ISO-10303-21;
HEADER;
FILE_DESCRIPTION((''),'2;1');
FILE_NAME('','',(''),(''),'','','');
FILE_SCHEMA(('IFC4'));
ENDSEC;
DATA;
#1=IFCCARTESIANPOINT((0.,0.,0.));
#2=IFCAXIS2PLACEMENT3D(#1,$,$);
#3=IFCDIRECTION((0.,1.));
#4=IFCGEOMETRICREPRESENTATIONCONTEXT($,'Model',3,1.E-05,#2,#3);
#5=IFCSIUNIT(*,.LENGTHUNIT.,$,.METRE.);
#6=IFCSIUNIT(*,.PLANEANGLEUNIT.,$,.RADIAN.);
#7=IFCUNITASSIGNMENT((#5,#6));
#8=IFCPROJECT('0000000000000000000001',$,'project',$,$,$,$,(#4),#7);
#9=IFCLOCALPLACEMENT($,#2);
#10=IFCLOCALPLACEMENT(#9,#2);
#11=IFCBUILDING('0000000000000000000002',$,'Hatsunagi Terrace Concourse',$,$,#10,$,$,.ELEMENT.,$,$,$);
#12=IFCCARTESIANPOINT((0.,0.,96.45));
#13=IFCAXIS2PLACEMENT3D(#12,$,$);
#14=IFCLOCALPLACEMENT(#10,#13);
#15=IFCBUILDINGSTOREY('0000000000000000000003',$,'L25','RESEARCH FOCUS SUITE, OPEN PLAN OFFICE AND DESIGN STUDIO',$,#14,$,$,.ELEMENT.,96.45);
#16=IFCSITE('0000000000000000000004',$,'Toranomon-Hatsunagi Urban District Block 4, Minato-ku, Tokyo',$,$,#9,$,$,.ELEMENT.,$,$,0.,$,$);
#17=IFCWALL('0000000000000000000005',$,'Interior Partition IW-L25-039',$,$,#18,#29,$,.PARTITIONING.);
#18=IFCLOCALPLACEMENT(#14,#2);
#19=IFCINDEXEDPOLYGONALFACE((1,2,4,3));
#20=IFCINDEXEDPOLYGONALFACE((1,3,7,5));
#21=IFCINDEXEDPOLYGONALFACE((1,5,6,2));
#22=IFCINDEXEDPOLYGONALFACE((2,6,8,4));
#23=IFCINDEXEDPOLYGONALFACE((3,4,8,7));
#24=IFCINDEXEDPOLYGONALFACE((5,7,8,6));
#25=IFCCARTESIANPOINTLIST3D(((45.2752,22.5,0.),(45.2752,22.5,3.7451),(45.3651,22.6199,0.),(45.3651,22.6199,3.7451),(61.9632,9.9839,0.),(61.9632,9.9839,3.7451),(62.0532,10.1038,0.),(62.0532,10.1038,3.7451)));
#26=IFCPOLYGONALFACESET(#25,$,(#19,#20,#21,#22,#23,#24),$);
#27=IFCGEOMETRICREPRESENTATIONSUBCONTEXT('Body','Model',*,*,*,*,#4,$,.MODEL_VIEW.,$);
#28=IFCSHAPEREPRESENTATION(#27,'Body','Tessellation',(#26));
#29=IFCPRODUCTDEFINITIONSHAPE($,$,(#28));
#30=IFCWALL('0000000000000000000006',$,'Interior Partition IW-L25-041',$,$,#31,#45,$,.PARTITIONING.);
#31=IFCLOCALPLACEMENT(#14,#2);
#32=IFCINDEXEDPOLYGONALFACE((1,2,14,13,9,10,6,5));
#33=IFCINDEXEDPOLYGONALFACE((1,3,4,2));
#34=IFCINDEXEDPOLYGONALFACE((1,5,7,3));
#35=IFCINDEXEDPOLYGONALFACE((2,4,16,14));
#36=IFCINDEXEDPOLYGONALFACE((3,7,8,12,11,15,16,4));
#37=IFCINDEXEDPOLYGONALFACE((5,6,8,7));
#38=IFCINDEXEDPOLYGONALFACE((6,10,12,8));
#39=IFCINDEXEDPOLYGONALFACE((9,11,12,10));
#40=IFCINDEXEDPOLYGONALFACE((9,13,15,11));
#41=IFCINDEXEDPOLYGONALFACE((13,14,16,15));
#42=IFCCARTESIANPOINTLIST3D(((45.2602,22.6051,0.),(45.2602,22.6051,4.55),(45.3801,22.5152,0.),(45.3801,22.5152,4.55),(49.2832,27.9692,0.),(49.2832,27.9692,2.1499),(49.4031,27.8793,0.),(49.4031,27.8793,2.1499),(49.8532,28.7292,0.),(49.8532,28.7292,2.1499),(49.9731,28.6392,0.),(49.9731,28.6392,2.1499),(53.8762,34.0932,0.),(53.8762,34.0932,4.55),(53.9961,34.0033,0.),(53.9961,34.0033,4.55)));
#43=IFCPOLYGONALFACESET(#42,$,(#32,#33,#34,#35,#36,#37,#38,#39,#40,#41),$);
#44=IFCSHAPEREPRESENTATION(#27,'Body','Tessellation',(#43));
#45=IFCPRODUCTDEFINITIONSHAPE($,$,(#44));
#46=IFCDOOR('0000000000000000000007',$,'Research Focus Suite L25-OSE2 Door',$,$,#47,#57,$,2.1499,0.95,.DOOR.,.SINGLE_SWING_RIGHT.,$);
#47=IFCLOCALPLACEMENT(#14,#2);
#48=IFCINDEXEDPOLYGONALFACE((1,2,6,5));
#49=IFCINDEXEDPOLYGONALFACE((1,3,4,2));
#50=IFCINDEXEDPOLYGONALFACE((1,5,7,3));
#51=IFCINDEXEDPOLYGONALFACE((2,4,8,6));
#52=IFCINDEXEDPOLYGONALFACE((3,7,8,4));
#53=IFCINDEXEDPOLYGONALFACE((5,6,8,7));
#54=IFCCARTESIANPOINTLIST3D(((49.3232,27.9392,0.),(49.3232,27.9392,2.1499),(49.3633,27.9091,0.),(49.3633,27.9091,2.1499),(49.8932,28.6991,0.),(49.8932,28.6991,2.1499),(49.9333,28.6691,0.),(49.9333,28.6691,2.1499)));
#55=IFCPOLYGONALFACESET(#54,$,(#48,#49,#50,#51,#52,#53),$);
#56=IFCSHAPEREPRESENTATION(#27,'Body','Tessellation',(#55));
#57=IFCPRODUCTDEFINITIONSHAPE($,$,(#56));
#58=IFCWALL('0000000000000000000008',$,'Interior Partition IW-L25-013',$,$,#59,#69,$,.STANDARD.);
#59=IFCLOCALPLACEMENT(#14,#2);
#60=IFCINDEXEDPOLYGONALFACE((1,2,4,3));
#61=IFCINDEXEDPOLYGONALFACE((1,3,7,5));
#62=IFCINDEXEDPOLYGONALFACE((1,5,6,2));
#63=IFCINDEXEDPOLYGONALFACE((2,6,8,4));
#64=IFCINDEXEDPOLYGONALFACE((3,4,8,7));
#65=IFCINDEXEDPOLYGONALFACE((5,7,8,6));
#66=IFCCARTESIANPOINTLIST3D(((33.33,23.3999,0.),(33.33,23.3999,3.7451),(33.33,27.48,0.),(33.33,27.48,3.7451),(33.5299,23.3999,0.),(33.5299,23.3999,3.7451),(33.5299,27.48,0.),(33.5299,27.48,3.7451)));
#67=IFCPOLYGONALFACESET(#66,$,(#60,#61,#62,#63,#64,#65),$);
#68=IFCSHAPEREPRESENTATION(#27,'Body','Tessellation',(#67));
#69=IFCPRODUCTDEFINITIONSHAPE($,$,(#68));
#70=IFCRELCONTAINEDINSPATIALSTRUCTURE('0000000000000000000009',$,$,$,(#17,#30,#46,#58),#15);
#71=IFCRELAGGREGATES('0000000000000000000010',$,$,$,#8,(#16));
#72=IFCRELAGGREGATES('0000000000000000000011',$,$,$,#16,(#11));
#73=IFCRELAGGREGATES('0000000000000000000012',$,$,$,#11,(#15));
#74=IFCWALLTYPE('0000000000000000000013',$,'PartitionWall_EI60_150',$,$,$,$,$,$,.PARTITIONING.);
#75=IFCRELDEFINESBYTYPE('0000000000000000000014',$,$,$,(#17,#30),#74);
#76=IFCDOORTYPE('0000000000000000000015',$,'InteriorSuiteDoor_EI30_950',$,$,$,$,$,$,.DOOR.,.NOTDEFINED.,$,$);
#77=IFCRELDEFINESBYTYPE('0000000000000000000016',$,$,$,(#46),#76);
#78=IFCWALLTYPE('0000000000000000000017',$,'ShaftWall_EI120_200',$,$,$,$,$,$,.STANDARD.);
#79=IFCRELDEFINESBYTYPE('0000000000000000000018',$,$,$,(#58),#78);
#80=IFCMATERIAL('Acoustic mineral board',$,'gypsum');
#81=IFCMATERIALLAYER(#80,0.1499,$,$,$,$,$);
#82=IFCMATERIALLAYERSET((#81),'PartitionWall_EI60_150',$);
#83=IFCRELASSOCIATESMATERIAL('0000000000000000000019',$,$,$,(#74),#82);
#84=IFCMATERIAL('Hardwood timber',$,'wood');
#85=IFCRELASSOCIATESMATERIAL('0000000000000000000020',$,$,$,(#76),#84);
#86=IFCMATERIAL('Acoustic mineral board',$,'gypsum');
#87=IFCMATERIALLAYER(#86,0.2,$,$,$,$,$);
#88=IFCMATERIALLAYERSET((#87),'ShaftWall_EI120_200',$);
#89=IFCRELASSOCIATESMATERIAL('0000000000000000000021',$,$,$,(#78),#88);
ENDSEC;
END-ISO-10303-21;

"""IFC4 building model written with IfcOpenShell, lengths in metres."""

from ifc_helpers import new_model, si_unit, direction, frame, frame_2d, origin, place, context, subcontext, project, spatial, rectangle, extrude, material, layer, layer_set, type_object, element, fill, save


model = new_model("IFC4")

# Units and contexts
model_context = context("Model", 3, precision=1e-05, world=origin(), true_north=direction((0.0, 1.0)))
body_context = subcontext(model_context, "Body", "Model", "MODEL_VIEW")
ifc_project = project(units=[si_unit("LENGTHUNIT", "METRE"), si_unit("PLANEANGLEUNIT", "RADIAN")], contexts=[model_context])

# Site, building, storey
site_placement = place(None, origin())
site = spatial("IfcSite", under=ifc_project, at=site_placement, Name="Toranomon-Hatsunagi Urban District Block 4, Minato-ku, Tokyo", CompositionType="ELEMENT", RefElevation=0.0)
building_placement = place(site_placement, origin())
building = spatial("IfcBuilding", under=site, at=building_placement, Name="Hatsunagi Terrace Concourse", CompositionType="ELEMENT")
storey_placement = place(building_placement, frame((0.0, 0.0, 96.45)))
storey = spatial("IfcBuildingStorey", under=building, at=storey_placement, Name="L25", Description="RESEARCH FOCUS SUITE, OPEN PLAN OFFICE AND DESIGN STUDIO", CompositionType="ELEMENT", Elevation=96.45)

# Wall
ifc_material_1 = material(Name="Acoustic mineral board", Category="gypsum")
ifc_layer_1 = layer(ifc_material_1, 0.1499)
ifc_layer_set_1 = layer_set([ifc_layer_1], Name="PartitionWall_EI60_150")
wall_type_1 = type_object("IfcWallType", Name="PartitionWall_EI60_150", PredefinedType="PARTITIONING", material=ifc_layer_set_1)
wall_1_placement = place(storey_placement, frame((45.3201, 22.5601, 0.0), z_axis=(0.0, 0.0, 1.0), x_axis=(0.799997, -0.600004, 0.0)))
element("IfcWall", 1, at=wall_1_placement, inside=storey, type_object=wall_type_1, Name="Interior Partition IW-L25-039", PredefinedType="PARTITIONING", context=body_context, shape_type="SweptSolid", body=[
    extrude(rectangle(XDim=20.8601, YDim=0.1499, at=frame_2d((10.4302, 0.0))), origin(), (0.0, 0.0, 1.0), 3.7451),
])

# Wall, opening, door
wall_2_placement = place(storey_placement, frame((45.3201, 22.5601, 0.0), z_axis=(0.0, 0.0, 1.0), x_axis=(0.599997, 0.800002, 0.0)))
wall_2 = element("IfcWall", 2, at=wall_2_placement, inside=storey, type_object=wall_type_1, Name="Interior Partition IW-L25-041", PredefinedType="PARTITIONING", context=body_context, shape_type="SweptSolid", body=[
    extrude(rectangle(XDim=14.3601, YDim=0.1499, at=frame_2d((7.1802, 0.0))), origin(), (0.0, 0.0, 1.0), 4.55),
])
opening_1_placement = place(wall_2_placement, frame((6.7051, 0.0, 0.0)))
opening_1 = element("IfcOpeningElement", 3, at=opening_1_placement, cuts=wall_2, PredefinedType="OPENING", context=body_context, shape_type="SweptSolid", body=[
    extrude(rectangle(XDim=0.95, YDim=2.1499, at=frame_2d((0.4751, 1.075))), frame((0.0, 0.085, 0.0), z_axis=(0.0, -1.0, 0.0), x_axis=(1.0, 0.0, 0.0)), (0.0, 0.0, 1.0), 0.1699),
])
ifc_material_2 = material(Name="Hardwood timber", Category="wood")
door_type_1 = type_object("IfcDoorType", Name="InteriorSuiteDoor_EI30_950", OperationType="NOTDEFINED", PredefinedType="DOOR", material=ifc_material_2)
door_1_placement = place(opening_1_placement, origin())
door_1 = element("IfcDoor", 4, at=door_1_placement, inside=storey, type_object=door_type_1, Name="Research Focus Suite L25-OSE2 Door", OperationType="SINGLE_SWING_RIGHT", OverallHeight=2.1499, OverallWidth=0.95, PredefinedType="DOOR", context=body_context, shape_type="SweptSolid", body=[
    extrude(rectangle(XDim=0.95, YDim=2.1499, at=frame_2d((0.4751, 1.075))), frame((0.0, 0.0249, 0.0), z_axis=(0.0, -1.0, 0.0), x_axis=(1.0, 0.0, 0.0)), (0.0, 0.0, 1.0), 0.05),
])
fill(opening_1, door_1)

# Wall
ifc_material_3 = material(Name="Acoustic mineral board", Category="gypsum")
ifc_layer_2 = layer(ifc_material_3, 0.2)
ifc_layer_set_2 = layer_set([ifc_layer_2], Name="ShaftWall_EI120_200")
wall_type_2 = type_object("IfcWallType", Name="ShaftWall_EI120_200", PredefinedType="STANDARD", material=ifc_layer_set_2)
wall_3_placement = place(storey_placement, frame((33.4299, 23.3999, 0.0), z_axis=(0.0, 0.0, 1.0), x_axis=(0.0, 1.0, 0.0)))
element("IfcWall", 5, at=wall_3_placement, inside=storey, type_object=wall_type_2, Name="Interior Partition IW-L25-013", PredefinedType="STANDARD", context=body_context, shape_type="SweptSolid", body=[
    extrude(rectangle(XDim=4.0801, YDim=0.2, at=frame_2d((2.04, 0.0))), origin(), (0.0, 0.0, 1.0), 3.7451),
])

save(model, "model.ifc")
